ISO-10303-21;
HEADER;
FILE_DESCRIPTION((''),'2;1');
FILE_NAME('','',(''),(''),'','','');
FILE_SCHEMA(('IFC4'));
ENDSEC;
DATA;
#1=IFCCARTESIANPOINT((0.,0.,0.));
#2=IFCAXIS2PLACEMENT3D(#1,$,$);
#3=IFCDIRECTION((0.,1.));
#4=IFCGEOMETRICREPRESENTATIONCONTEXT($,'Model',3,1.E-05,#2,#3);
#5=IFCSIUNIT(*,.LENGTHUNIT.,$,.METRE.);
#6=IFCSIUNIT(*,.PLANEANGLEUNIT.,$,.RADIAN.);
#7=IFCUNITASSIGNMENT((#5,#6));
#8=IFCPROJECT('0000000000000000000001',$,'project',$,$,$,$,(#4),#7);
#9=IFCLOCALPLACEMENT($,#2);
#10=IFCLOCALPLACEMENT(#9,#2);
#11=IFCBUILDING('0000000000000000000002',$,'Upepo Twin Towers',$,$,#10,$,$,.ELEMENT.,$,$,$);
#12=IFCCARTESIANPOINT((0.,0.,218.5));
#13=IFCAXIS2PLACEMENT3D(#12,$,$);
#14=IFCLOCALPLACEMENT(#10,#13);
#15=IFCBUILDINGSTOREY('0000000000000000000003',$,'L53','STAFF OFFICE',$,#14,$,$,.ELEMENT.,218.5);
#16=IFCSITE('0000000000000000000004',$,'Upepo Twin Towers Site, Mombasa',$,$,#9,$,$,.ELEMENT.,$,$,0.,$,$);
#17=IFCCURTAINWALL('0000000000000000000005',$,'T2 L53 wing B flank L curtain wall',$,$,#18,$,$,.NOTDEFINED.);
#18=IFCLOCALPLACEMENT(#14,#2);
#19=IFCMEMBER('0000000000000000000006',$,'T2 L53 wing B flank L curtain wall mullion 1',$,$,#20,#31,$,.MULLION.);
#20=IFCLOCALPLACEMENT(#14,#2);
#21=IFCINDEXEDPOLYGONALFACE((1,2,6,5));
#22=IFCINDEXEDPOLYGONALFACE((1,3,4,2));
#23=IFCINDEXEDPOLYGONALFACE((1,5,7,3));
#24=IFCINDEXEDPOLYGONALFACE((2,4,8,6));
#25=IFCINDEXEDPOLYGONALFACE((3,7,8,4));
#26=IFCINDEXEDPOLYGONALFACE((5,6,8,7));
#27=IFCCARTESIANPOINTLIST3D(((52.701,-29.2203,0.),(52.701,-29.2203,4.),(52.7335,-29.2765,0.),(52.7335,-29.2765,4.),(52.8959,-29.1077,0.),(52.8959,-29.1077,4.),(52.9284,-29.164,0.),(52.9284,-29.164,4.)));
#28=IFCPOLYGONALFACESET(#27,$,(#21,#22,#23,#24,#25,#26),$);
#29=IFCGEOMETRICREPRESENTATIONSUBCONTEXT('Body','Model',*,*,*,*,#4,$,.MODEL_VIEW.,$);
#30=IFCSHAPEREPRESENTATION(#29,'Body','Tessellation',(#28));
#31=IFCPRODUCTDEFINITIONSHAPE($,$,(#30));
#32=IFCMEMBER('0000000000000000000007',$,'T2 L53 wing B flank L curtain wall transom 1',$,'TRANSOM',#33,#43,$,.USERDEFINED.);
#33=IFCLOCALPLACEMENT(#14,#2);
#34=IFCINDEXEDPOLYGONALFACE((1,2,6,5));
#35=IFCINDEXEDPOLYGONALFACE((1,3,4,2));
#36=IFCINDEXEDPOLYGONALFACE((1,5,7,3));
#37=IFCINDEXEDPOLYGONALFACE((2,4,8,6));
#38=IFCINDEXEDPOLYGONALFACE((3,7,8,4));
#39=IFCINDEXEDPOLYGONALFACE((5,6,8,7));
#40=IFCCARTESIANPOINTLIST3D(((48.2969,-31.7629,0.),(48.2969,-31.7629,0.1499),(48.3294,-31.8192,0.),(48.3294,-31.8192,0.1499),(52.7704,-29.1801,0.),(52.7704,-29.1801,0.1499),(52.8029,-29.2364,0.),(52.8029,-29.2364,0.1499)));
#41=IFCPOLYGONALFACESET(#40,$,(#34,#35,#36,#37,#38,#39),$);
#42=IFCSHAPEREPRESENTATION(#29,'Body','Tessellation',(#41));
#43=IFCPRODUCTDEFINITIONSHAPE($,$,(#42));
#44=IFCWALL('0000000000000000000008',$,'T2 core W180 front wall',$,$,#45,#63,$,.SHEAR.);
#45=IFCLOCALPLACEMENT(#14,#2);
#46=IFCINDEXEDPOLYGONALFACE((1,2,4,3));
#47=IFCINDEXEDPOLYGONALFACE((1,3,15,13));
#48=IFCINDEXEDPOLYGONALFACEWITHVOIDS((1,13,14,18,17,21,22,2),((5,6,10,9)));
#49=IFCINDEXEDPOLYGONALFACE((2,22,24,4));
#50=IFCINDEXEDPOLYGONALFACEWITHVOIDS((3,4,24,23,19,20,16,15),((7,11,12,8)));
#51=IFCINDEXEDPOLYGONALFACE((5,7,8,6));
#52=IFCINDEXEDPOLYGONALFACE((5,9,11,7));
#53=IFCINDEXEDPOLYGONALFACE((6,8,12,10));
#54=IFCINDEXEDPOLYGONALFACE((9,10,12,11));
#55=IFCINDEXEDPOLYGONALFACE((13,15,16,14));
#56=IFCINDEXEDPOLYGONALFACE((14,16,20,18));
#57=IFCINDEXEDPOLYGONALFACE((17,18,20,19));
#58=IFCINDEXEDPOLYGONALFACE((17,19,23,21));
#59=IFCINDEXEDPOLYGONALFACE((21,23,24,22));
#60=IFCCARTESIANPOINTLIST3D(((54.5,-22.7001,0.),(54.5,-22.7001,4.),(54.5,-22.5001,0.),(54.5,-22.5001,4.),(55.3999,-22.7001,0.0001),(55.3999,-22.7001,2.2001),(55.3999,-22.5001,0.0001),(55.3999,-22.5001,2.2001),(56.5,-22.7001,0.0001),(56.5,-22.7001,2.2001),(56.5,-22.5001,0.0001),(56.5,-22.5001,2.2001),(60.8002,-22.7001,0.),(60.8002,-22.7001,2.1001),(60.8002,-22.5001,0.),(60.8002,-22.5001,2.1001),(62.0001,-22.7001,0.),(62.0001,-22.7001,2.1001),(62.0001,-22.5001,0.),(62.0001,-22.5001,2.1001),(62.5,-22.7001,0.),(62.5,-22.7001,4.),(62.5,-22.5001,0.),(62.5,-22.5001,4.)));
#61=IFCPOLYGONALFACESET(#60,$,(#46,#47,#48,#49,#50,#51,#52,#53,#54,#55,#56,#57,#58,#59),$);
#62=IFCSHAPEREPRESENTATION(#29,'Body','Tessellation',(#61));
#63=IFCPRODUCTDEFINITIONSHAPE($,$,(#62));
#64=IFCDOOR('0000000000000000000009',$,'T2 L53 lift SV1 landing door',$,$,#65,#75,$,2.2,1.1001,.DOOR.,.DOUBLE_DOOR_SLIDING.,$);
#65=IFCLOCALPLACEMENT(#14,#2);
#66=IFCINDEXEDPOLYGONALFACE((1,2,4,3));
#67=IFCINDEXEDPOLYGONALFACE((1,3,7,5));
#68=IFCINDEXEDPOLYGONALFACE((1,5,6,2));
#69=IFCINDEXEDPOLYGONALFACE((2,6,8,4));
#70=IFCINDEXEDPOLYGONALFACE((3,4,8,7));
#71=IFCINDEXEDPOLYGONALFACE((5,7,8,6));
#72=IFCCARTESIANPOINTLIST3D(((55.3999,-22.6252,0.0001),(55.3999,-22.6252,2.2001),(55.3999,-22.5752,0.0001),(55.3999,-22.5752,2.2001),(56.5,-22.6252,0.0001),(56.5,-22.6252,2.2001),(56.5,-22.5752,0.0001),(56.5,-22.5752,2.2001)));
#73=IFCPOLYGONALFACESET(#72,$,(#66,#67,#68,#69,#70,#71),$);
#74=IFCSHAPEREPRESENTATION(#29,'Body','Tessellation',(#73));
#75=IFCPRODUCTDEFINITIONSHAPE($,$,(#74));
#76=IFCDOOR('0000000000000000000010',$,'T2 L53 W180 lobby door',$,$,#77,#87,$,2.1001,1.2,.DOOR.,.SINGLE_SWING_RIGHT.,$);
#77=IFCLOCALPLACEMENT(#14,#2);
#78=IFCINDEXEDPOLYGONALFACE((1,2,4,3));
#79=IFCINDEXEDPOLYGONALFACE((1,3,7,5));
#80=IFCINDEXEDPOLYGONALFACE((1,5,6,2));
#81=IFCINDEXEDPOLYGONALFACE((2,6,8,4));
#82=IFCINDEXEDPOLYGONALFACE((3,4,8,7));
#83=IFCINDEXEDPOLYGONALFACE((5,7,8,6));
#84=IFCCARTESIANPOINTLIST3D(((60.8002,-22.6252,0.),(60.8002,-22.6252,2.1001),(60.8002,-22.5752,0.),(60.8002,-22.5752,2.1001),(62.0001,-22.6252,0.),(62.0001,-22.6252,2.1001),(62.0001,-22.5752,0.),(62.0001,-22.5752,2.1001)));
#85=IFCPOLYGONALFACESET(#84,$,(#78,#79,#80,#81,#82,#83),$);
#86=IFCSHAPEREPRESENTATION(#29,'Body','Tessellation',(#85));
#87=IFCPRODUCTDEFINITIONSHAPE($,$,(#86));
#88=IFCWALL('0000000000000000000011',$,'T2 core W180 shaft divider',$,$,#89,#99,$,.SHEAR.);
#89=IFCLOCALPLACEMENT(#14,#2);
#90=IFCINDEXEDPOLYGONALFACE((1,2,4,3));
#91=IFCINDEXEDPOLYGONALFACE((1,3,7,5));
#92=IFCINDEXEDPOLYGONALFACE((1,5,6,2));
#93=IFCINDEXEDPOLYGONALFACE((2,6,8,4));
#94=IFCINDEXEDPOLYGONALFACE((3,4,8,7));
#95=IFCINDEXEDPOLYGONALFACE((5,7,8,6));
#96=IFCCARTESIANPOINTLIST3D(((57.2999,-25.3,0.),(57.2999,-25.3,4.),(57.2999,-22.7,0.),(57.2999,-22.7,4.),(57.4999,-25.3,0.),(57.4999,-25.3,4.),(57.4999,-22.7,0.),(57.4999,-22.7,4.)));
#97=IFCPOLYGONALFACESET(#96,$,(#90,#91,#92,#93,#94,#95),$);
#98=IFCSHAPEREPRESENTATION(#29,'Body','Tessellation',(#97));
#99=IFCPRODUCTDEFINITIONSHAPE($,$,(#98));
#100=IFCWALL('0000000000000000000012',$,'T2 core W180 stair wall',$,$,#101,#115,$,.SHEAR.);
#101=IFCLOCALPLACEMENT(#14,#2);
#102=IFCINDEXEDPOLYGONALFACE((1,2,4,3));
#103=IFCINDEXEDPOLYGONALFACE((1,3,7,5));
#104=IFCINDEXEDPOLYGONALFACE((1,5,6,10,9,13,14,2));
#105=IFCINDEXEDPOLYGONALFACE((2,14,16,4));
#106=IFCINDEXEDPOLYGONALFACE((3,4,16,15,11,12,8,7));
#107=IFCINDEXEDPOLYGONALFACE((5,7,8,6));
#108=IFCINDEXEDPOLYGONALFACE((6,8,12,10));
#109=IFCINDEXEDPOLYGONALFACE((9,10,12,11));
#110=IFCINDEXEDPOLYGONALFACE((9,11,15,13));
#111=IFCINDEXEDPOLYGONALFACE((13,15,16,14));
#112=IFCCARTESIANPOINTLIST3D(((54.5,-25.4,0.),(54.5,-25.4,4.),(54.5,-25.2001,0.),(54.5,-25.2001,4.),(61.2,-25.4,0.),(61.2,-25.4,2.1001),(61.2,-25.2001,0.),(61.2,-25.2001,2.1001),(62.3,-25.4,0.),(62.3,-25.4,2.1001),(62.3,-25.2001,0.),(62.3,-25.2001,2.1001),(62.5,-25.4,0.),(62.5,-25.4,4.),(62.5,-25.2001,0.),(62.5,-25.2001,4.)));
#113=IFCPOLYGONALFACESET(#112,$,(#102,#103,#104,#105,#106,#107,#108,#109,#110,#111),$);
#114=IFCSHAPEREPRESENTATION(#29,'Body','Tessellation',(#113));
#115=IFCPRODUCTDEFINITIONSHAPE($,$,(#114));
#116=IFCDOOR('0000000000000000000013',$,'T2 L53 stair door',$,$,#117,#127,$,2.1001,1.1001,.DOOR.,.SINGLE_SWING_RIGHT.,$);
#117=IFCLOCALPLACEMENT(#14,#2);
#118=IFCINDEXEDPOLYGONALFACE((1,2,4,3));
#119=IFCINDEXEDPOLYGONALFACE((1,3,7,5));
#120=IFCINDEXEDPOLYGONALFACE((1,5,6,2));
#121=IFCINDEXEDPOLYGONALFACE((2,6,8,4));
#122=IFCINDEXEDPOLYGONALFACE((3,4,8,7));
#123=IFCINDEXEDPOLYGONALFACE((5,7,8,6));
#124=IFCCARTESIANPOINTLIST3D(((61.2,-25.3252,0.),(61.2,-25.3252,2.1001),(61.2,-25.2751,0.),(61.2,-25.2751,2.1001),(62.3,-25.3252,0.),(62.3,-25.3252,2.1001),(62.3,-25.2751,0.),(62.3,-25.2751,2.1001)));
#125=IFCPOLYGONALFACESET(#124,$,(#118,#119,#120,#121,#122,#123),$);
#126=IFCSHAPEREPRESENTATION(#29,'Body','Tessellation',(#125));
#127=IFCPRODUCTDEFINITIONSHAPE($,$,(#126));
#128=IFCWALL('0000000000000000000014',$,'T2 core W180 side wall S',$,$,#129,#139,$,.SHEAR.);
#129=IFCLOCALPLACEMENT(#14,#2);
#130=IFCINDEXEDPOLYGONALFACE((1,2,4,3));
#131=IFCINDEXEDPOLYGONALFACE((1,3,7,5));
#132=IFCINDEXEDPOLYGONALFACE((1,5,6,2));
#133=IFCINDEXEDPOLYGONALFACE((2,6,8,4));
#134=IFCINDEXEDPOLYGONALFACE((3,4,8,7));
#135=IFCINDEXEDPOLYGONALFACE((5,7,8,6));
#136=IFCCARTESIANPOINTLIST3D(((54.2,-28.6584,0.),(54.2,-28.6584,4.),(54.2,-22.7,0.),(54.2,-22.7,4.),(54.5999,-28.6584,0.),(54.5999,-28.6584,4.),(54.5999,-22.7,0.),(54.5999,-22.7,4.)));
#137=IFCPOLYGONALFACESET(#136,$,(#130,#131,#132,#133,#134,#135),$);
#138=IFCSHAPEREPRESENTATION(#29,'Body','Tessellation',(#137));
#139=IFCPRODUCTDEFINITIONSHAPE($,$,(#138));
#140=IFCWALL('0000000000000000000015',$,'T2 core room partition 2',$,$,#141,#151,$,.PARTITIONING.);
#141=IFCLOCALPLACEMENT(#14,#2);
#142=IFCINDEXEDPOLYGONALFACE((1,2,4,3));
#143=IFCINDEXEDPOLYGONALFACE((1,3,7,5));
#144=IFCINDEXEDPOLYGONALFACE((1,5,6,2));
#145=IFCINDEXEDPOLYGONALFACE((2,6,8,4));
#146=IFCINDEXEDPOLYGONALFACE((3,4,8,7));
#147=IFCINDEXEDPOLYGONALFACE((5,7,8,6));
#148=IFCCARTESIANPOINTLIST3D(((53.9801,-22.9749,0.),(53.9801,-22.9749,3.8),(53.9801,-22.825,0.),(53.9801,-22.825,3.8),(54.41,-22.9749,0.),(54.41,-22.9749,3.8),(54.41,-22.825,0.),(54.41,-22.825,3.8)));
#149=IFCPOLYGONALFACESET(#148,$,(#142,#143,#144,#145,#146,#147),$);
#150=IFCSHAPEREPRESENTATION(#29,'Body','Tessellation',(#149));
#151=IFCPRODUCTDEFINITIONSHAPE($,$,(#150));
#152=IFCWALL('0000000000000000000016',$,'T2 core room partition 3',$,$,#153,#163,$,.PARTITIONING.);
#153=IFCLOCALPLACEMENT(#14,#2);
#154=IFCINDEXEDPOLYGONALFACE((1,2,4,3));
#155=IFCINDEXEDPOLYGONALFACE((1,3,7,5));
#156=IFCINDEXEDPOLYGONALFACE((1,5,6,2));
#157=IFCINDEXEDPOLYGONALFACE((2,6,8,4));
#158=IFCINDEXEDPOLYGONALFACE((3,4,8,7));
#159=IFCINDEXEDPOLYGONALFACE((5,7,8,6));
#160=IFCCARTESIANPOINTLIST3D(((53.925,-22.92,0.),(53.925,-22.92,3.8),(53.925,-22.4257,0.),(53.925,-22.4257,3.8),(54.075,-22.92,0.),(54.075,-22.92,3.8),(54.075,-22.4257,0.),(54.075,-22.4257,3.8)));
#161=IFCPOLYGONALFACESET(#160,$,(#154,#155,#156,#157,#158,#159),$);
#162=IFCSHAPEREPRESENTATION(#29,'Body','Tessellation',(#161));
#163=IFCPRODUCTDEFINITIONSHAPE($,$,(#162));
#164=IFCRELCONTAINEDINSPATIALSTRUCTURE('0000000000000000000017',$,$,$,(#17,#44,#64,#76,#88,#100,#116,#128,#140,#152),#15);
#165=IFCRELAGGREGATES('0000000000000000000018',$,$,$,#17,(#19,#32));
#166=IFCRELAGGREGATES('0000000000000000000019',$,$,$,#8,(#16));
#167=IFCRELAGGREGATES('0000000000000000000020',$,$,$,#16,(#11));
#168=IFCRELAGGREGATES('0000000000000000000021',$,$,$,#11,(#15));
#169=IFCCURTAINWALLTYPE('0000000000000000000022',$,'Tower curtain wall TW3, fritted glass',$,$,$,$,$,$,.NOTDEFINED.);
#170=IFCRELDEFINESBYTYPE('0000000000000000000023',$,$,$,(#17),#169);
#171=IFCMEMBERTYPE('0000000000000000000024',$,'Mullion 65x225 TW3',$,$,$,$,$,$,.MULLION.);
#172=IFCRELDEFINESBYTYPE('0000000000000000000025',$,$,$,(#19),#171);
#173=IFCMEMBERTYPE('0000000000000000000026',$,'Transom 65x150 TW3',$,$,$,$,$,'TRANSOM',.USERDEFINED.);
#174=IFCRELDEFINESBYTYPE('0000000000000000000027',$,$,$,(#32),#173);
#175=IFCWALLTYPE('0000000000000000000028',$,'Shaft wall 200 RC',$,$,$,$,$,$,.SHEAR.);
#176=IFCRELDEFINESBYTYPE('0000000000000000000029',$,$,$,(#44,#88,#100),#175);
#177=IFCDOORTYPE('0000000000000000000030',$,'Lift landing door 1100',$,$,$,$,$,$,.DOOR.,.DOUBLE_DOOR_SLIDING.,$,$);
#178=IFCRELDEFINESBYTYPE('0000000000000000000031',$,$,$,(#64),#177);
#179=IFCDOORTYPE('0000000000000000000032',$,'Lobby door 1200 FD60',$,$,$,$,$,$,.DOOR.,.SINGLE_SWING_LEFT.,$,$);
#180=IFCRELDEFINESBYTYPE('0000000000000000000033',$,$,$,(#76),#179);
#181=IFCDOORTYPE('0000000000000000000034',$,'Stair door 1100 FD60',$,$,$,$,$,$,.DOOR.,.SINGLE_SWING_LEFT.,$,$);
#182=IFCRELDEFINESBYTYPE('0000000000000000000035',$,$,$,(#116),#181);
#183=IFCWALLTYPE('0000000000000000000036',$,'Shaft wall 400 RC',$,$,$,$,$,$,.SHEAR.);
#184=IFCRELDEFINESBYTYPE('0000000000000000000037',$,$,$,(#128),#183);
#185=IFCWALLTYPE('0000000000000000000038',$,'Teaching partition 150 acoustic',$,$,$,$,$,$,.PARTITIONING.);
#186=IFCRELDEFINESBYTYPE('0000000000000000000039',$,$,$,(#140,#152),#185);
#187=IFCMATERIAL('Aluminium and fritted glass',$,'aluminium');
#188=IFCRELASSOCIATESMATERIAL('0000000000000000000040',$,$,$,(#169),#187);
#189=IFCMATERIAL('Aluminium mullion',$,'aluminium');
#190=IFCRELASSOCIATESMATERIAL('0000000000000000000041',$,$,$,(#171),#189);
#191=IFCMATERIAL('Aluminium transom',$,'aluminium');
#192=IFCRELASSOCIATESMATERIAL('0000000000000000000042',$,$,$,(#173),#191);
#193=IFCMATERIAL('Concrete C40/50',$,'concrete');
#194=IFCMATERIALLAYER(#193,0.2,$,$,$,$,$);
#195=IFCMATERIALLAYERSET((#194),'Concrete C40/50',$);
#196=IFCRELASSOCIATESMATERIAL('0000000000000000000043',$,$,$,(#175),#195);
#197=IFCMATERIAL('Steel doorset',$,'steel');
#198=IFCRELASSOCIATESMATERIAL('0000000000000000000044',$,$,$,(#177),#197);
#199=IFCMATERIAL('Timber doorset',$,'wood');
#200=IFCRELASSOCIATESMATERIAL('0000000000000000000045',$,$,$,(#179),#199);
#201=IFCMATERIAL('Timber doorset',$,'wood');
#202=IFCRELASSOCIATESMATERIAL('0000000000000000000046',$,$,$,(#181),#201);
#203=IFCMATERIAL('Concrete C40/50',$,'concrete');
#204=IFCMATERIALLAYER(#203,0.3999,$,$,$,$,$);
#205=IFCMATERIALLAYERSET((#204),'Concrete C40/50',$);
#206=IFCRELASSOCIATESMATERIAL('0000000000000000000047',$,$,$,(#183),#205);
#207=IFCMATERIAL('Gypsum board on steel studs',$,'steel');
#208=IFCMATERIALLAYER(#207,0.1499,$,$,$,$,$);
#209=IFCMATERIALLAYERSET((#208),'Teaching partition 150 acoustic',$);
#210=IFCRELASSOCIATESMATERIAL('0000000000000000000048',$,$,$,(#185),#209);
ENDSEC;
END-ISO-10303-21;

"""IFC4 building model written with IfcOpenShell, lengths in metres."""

from ifc_helpers import new_model, si_unit, direction, frame, frame_2d, origin, origin_2d, place, context, subcontext, project, spatial, rectangle, extrude, material, layer, layer_set, material_profile, profile_set, type_object, element, fill, aggregate, save


model = new_model("IFC4")

# Units and contexts
model_context = context("Model", 3, precision=1e-05, world=origin(), true_north=direction((0.0, 1.0)))
body_context = subcontext(model_context, "Body", "Model", "MODEL_VIEW")
ifc_project = project(units=[si_unit("LENGTHUNIT", "METRE"), si_unit("PLANEANGLEUNIT", "RADIAN")], contexts=[model_context])

# Site, building, storey
site_placement = place(None, origin())
site = spatial("IfcSite", under=ifc_project, at=site_placement, Name="Upepo Twin Towers Site, Mombasa", CompositionType="ELEMENT", RefElevation=0.0)
building_placement = place(site_placement, origin())
building = spatial("IfcBuilding", under=site, at=building_placement, Name="Upepo Twin Towers", CompositionType="ELEMENT")
storey_placement = place(building_placement, frame((0.0, 0.0, 218.5)))
storey = spatial("IfcBuildingStorey", under=building, at=storey_placement, Name="L53", Description="STAFF OFFICE", CompositionType="ELEMENT", Elevation=218.5)

# Curtain wall, members
ifc_material_1 = material(Name="Aluminium and fritted glass", Category="aluminium")
curtain_wall_type = type_object("IfcCurtainWallType", Name="Tower curtain wall TW3, fritted glass", PredefinedType="NOTDEFINED", material=ifc_material_1)
curtain_wall_placement = place(storey_placement, origin())
curtain_wall = element("IfcCurtainWall", 1, at=curtain_wall_placement, inside=storey, type_object=curtain_wall_type, Name="T2 L53 wing B flank L curtain wall", PredefinedType="NOTDEFINED")
ifc_material_2 = material(Name="Aluminium mullion", Category="aluminium")
ifc_material_profile_1 = material_profile(ifc_material_2, rectangle(XDim=0.0649, YDim=0.2251, at=origin_2d()), Name="MULLION 65x225")
ifc_profile_set_1 = profile_set([ifc_material_profile_1], Name="Aluminium mullion")
member_type_1 = type_object("IfcMemberType", Name="Mullion 65x225 TW3", PredefinedType="MULLION", material=ifc_profile_set_1)
member_1_placement = place(storey_placement, frame((52.8147, -29.1921, 0.0), z_axis=(0.0, 0.0, 1.0), x_axis=(0.5, -0.866025, 0.0)))
member_1 = element("IfcMember", 2, at=member_1_placement, type_object=member_type_1, Name="T2 L53 wing B flank L curtain wall mullion 1", PredefinedType="MULLION", context=body_context, shape_type="SweptSolid", body=[
    extrude(rectangle(XDim=0.0649, YDim=0.2251, at=origin_2d()), origin(), (0.0, 0.0, 1.0), 4.0),
])
ifc_material_3 = material(Name="Aluminium transom", Category="aluminium")
ifc_material_profile_2 = material_profile(ifc_material_3, rectangle(XDim=0.0649, YDim=0.1499, at=origin_2d()), Name="TRANSOM 65x150")
ifc_profile_set_2 = profile_set([ifc_material_profile_2], Name="Aluminium transom")
member_type_2 = type_object("IfcMemberType", Name="Transom 65x150 TW3", ElementType="TRANSOM", PredefinedType="USERDEFINED", material=ifc_profile_set_2)
member_2_placement = place(storey_placement, frame((52.7866, -29.2083, 0.075), z_axis=(-0.866021, -0.500007, 0.0), x_axis=(0.500007, -0.866021, 0.0)))
member_2 = element("IfcMember", 3, at=member_2_placement, type_object=member_type_2, Name="T2 L53 wing B flank L curtain wall transom 1", ObjectType="TRANSOM", PredefinedType="USERDEFINED", context=body_context, shape_type="SweptSolid", body=[
    extrude(rectangle(XDim=0.0649, YDim=0.1499, at=origin_2d()), origin(), (0.0, 0.0, 1.0), 5.1655),
])
aggregate(curtain_wall, [member_1, member_2])

# Wall, openings, doors
ifc_material_4 = material(Name="Concrete C40/50", Category="concrete")
ifc_layer_1 = layer(ifc_material_4, 0.2)
ifc_layer_set_1 = layer_set([ifc_layer_1], Name="Concrete C40/50")
wall_type_1 = type_object("IfcWallType", Name="Shaft wall 200 RC", PredefinedType="SHEAR", material=ifc_layer_set_1)
wall_1_placement = place(storey_placement, frame((54.5, -22.6001, 0.0), z_axis=(0.0, 0.0, 1.0), x_axis=(1.0, 0.0, 0.0)))
wall_1 = element("IfcWall", 4, at=wall_1_placement, inside=storey, type_object=wall_type_1, Name="T2 core W180 front wall", PredefinedType="SHEAR", context=body_context, shape_type="SweptSolid", body=[
    extrude(rectangle(XDim=8.0, YDim=0.2, at=frame_2d((4.0, 0.0))), origin(), (0.0, 0.0, 1.0), 4.0),
])
opening_1_placement = place(wall_1_placement, frame((6.3, 0.0, 0.0)))
opening_1 = element("IfcOpeningElement", 5, at=opening_1_placement, cuts=wall_1, PredefinedType="OPENING", context=body_context, shape_type="SweptSolid", body=[
    extrude(rectangle(XDim=1.2, YDim=2.1001, at=frame_2d((0.6001, 1.05))), frame((0.0, 0.1099, 0.0), z_axis=(0.0, -1.0, 0.0), x_axis=(1.0, 0.0, 0.0)), (0.0, 0.0, 1.0), 0.22),
])
opening_2_placement = place(wall_1_placement, frame((0.8999, 0.0, 0.0)))
opening_2 = element("IfcOpeningElement", 6, at=opening_2_placement, cuts=wall_1, PredefinedType="OPENING", context=body_context, shape_type="SweptSolid", body=[
    extrude(rectangle(XDim=1.1001, YDim=2.2, at=frame_2d((0.55, 1.1001))), frame((0.0, 0.1099, 0.0), z_axis=(0.0, -1.0, 0.0), x_axis=(1.0, 0.0, 0.0)), (0.0, 0.0, 1.0), 0.22),
])
ifc_material_5 = material(Name="Steel doorset", Category="steel")
door_type_1 = type_object("IfcDoorType", Name="Lift landing door 1100", OperationType="DOUBLE_DOOR_SLIDING", PredefinedType="DOOR", material=ifc_material_5)
door_1_placement = place(opening_2_placement, origin())
door_1 = element("IfcDoor", 7, at=door_1_placement, inside=storey, type_object=door_type_1, Name="T2 L53 lift SV1 landing door", OperationType="DOUBLE_DOOR_SLIDING", OverallHeight=2.2, OverallWidth=1.1001, PredefinedType="DOOR", context=body_context, shape_type="SweptSolid", body=[
    extrude(rectangle(XDim=1.1001, YDim=2.2, at=frame_2d((0.55, 1.1001))), frame((0.0, 0.0249, 0.0), z_axis=(0.0, -1.0, 0.0), x_axis=(1.0, 0.0, 0.0)), (0.0, 0.0, 1.0), 0.05),
])
fill(opening_2, door_1)
ifc_material_6 = material(Name="Timber doorset", Category="wood")
door_type_2 = type_object("IfcDoorType", Name="Lobby door 1200 FD60", OperationType="SINGLE_SWING_LEFT", PredefinedType="DOOR", material=ifc_material_6)
door_2_placement = place(opening_1_placement, origin())
door_2 = element("IfcDoor", 8, at=door_2_placement, inside=storey, type_object=door_type_2, Name="T2 L53 W180 lobby door", OperationType="SINGLE_SWING_RIGHT", OverallHeight=2.1001, OverallWidth=1.2, PredefinedType="DOOR", context=body_context, shape_type="SweptSolid", body=[
    extrude(rectangle(XDim=1.2, YDim=2.1001, at=frame_2d((0.6001, 1.05))), frame((0.0, 0.0249, 0.0), z_axis=(0.0, -1.0, 0.0), x_axis=(1.0, 0.0, 0.0)), (0.0, 0.0, 1.0), 0.05),
])
fill(opening_1, door_2)

# Wall
wall_2_placement = place(storey_placement, frame((57.3999, -22.7, 0.0), z_axis=(0.0, 0.0, 1.0), x_axis=(0.0, -1.0, 0.0)))
element("IfcWall", 9, at=wall_2_placement, inside=storey, type_object=wall_type_1, Name="T2 core W180 shaft divider", PredefinedType="SHEAR", context=body_context, shape_type="SweptSolid", body=[
    extrude(rectangle(XDim=2.6001, YDim=0.2, at=frame_2d((1.3, 0.0))), origin(), (0.0, 0.0, 1.0), 4.0),
])

# Wall, opening, door
wall_3_placement = place(storey_placement, frame((54.5, -25.3, 0.0), z_axis=(0.0, 0.0, 1.0), x_axis=(1.0, 0.0, 0.0)))
wall_3 = element("IfcWall", 10, at=wall_3_placement, inside=storey, type_object=wall_type_1, Name="T2 core W180 stair wall", PredefinedType="SHEAR", context=body_context, shape_type="SweptSolid", body=[
    extrude(rectangle(XDim=8.0, YDim=0.2, at=frame_2d((4.0, 0.0))), origin(), (0.0, 0.0, 1.0), 4.0),
])
opening_3_placement = place(wall_3_placement, frame((6.7, 0.0, 0.0)))
opening_3 = element("IfcOpeningElement", 11, at=opening_3_placement, cuts=wall_3, PredefinedType="OPENING", context=body_context, shape_type="SweptSolid", body=[
    extrude(rectangle(XDim=1.1001, YDim=2.1001, at=frame_2d((0.55, 1.05))), frame((0.0, 0.1099, 0.0), z_axis=(0.0, -1.0, 0.0), x_axis=(1.0, 0.0, 0.0)), (0.0, 0.0, 1.0), 0.22),
])
ifc_material_7 = material(Name="Timber doorset", Category="wood")
door_type_3 = type_object("IfcDoorType", Name="Stair door 1100 FD60", OperationType="SINGLE_SWING_LEFT", PredefinedType="DOOR", material=ifc_material_7)
door_3_placement = place(opening_3_placement, origin())
door_3 = element("IfcDoor", 12, at=door_3_placement, inside=storey, type_object=door_type_3, Name="T2 L53 stair door", OperationType="SINGLE_SWING_RIGHT", OverallHeight=2.1001, OverallWidth=1.1001, PredefinedType="DOOR", context=body_context, shape_type="SweptSolid", body=[
    extrude(rectangle(XDim=1.1001, YDim=2.1001, at=frame_2d((0.55, 1.05))), frame((0.0, 0.0249, 0.0), z_axis=(0.0, -1.0, 0.0), x_axis=(1.0, 0.0, 0.0)), (0.0, 0.0, 1.0), 0.05),
])
fill(opening_3, door_3)

# Walls
ifc_material_8 = material(Name="Concrete C40/50", Category="concrete")
ifc_layer_2 = layer(ifc_material_8, 0.3999)
ifc_layer_set_2 = layer_set([ifc_layer_2], Name="Concrete C40/50")
wall_type_2 = type_object("IfcWallType", Name="Shaft wall 400 RC", PredefinedType="SHEAR", material=ifc_layer_set_2)
wall_4_placement = place(storey_placement, frame((54.3999, -22.7, 0.0), z_axis=(0.0, 0.0, 1.0), x_axis=(0.0, -1.0, 0.0)))
element("IfcWall", 13, at=wall_4_placement, inside=storey, type_object=wall_type_2, Name="T2 core W180 side wall S", PredefinedType="SHEAR", context=body_context, shape_type="SweptSolid", body=[
    extrude(rectangle(XDim=5.9585, YDim=0.3999, at=frame_2d((2.9792, 0.0))), origin(), (0.0, 0.0, 1.0), 4.0),
])
ifc_material_9 = material(Name="Gypsum board on steel studs", Category="steel")
ifc_layer_3 = layer(ifc_material_9, 0.1499)
ifc_layer_set_3 = layer_set([ifc_layer_3], Name="Teaching partition 150 acoustic")
wall_type_3 = type_object("IfcWallType", Name="Teaching partition 150 acoustic", PredefinedType="PARTITIONING", material=ifc_layer_set_3)
wall_5_placement = place(storey_placement, frame((54.4099, -22.8999, 0.0), z_axis=(0.0, 0.0, 1.0), x_axis=(-1.0, 0.0, 0.0)))
element("IfcWall", 14, at=wall_5_placement, inside=storey, type_object=wall_type_3, Name="T2 core room partition 2", PredefinedType="PARTITIONING", context=body_context, shape_type="SweptSolid", body=[
    extrude(rectangle(XDim=0.4299, YDim=0.1499, at=frame_2d((0.2148, 0.0))), origin(), (0.0, 0.0, 1.0), 3.8),
])
wall_6_placement = place(storey_placement, frame((54.0, -22.9199, 0.0), z_axis=(0.0, 0.0, 1.0), x_axis=(0.0, 1.0, 0.0)))
element("IfcWall", 15, at=wall_6_placement, inside=storey, type_object=wall_type_3, Name="T2 core room partition 3", PredefinedType="PARTITIONING", context=body_context, shape_type="SweptSolid", body=[
    extrude(rectangle(XDim=0.4944, YDim=0.1499, at=frame_2d((0.2471, 0.0))), origin(), (0.0, 0.0, 1.0), 3.8),
])

save(model, "model.ifc")
